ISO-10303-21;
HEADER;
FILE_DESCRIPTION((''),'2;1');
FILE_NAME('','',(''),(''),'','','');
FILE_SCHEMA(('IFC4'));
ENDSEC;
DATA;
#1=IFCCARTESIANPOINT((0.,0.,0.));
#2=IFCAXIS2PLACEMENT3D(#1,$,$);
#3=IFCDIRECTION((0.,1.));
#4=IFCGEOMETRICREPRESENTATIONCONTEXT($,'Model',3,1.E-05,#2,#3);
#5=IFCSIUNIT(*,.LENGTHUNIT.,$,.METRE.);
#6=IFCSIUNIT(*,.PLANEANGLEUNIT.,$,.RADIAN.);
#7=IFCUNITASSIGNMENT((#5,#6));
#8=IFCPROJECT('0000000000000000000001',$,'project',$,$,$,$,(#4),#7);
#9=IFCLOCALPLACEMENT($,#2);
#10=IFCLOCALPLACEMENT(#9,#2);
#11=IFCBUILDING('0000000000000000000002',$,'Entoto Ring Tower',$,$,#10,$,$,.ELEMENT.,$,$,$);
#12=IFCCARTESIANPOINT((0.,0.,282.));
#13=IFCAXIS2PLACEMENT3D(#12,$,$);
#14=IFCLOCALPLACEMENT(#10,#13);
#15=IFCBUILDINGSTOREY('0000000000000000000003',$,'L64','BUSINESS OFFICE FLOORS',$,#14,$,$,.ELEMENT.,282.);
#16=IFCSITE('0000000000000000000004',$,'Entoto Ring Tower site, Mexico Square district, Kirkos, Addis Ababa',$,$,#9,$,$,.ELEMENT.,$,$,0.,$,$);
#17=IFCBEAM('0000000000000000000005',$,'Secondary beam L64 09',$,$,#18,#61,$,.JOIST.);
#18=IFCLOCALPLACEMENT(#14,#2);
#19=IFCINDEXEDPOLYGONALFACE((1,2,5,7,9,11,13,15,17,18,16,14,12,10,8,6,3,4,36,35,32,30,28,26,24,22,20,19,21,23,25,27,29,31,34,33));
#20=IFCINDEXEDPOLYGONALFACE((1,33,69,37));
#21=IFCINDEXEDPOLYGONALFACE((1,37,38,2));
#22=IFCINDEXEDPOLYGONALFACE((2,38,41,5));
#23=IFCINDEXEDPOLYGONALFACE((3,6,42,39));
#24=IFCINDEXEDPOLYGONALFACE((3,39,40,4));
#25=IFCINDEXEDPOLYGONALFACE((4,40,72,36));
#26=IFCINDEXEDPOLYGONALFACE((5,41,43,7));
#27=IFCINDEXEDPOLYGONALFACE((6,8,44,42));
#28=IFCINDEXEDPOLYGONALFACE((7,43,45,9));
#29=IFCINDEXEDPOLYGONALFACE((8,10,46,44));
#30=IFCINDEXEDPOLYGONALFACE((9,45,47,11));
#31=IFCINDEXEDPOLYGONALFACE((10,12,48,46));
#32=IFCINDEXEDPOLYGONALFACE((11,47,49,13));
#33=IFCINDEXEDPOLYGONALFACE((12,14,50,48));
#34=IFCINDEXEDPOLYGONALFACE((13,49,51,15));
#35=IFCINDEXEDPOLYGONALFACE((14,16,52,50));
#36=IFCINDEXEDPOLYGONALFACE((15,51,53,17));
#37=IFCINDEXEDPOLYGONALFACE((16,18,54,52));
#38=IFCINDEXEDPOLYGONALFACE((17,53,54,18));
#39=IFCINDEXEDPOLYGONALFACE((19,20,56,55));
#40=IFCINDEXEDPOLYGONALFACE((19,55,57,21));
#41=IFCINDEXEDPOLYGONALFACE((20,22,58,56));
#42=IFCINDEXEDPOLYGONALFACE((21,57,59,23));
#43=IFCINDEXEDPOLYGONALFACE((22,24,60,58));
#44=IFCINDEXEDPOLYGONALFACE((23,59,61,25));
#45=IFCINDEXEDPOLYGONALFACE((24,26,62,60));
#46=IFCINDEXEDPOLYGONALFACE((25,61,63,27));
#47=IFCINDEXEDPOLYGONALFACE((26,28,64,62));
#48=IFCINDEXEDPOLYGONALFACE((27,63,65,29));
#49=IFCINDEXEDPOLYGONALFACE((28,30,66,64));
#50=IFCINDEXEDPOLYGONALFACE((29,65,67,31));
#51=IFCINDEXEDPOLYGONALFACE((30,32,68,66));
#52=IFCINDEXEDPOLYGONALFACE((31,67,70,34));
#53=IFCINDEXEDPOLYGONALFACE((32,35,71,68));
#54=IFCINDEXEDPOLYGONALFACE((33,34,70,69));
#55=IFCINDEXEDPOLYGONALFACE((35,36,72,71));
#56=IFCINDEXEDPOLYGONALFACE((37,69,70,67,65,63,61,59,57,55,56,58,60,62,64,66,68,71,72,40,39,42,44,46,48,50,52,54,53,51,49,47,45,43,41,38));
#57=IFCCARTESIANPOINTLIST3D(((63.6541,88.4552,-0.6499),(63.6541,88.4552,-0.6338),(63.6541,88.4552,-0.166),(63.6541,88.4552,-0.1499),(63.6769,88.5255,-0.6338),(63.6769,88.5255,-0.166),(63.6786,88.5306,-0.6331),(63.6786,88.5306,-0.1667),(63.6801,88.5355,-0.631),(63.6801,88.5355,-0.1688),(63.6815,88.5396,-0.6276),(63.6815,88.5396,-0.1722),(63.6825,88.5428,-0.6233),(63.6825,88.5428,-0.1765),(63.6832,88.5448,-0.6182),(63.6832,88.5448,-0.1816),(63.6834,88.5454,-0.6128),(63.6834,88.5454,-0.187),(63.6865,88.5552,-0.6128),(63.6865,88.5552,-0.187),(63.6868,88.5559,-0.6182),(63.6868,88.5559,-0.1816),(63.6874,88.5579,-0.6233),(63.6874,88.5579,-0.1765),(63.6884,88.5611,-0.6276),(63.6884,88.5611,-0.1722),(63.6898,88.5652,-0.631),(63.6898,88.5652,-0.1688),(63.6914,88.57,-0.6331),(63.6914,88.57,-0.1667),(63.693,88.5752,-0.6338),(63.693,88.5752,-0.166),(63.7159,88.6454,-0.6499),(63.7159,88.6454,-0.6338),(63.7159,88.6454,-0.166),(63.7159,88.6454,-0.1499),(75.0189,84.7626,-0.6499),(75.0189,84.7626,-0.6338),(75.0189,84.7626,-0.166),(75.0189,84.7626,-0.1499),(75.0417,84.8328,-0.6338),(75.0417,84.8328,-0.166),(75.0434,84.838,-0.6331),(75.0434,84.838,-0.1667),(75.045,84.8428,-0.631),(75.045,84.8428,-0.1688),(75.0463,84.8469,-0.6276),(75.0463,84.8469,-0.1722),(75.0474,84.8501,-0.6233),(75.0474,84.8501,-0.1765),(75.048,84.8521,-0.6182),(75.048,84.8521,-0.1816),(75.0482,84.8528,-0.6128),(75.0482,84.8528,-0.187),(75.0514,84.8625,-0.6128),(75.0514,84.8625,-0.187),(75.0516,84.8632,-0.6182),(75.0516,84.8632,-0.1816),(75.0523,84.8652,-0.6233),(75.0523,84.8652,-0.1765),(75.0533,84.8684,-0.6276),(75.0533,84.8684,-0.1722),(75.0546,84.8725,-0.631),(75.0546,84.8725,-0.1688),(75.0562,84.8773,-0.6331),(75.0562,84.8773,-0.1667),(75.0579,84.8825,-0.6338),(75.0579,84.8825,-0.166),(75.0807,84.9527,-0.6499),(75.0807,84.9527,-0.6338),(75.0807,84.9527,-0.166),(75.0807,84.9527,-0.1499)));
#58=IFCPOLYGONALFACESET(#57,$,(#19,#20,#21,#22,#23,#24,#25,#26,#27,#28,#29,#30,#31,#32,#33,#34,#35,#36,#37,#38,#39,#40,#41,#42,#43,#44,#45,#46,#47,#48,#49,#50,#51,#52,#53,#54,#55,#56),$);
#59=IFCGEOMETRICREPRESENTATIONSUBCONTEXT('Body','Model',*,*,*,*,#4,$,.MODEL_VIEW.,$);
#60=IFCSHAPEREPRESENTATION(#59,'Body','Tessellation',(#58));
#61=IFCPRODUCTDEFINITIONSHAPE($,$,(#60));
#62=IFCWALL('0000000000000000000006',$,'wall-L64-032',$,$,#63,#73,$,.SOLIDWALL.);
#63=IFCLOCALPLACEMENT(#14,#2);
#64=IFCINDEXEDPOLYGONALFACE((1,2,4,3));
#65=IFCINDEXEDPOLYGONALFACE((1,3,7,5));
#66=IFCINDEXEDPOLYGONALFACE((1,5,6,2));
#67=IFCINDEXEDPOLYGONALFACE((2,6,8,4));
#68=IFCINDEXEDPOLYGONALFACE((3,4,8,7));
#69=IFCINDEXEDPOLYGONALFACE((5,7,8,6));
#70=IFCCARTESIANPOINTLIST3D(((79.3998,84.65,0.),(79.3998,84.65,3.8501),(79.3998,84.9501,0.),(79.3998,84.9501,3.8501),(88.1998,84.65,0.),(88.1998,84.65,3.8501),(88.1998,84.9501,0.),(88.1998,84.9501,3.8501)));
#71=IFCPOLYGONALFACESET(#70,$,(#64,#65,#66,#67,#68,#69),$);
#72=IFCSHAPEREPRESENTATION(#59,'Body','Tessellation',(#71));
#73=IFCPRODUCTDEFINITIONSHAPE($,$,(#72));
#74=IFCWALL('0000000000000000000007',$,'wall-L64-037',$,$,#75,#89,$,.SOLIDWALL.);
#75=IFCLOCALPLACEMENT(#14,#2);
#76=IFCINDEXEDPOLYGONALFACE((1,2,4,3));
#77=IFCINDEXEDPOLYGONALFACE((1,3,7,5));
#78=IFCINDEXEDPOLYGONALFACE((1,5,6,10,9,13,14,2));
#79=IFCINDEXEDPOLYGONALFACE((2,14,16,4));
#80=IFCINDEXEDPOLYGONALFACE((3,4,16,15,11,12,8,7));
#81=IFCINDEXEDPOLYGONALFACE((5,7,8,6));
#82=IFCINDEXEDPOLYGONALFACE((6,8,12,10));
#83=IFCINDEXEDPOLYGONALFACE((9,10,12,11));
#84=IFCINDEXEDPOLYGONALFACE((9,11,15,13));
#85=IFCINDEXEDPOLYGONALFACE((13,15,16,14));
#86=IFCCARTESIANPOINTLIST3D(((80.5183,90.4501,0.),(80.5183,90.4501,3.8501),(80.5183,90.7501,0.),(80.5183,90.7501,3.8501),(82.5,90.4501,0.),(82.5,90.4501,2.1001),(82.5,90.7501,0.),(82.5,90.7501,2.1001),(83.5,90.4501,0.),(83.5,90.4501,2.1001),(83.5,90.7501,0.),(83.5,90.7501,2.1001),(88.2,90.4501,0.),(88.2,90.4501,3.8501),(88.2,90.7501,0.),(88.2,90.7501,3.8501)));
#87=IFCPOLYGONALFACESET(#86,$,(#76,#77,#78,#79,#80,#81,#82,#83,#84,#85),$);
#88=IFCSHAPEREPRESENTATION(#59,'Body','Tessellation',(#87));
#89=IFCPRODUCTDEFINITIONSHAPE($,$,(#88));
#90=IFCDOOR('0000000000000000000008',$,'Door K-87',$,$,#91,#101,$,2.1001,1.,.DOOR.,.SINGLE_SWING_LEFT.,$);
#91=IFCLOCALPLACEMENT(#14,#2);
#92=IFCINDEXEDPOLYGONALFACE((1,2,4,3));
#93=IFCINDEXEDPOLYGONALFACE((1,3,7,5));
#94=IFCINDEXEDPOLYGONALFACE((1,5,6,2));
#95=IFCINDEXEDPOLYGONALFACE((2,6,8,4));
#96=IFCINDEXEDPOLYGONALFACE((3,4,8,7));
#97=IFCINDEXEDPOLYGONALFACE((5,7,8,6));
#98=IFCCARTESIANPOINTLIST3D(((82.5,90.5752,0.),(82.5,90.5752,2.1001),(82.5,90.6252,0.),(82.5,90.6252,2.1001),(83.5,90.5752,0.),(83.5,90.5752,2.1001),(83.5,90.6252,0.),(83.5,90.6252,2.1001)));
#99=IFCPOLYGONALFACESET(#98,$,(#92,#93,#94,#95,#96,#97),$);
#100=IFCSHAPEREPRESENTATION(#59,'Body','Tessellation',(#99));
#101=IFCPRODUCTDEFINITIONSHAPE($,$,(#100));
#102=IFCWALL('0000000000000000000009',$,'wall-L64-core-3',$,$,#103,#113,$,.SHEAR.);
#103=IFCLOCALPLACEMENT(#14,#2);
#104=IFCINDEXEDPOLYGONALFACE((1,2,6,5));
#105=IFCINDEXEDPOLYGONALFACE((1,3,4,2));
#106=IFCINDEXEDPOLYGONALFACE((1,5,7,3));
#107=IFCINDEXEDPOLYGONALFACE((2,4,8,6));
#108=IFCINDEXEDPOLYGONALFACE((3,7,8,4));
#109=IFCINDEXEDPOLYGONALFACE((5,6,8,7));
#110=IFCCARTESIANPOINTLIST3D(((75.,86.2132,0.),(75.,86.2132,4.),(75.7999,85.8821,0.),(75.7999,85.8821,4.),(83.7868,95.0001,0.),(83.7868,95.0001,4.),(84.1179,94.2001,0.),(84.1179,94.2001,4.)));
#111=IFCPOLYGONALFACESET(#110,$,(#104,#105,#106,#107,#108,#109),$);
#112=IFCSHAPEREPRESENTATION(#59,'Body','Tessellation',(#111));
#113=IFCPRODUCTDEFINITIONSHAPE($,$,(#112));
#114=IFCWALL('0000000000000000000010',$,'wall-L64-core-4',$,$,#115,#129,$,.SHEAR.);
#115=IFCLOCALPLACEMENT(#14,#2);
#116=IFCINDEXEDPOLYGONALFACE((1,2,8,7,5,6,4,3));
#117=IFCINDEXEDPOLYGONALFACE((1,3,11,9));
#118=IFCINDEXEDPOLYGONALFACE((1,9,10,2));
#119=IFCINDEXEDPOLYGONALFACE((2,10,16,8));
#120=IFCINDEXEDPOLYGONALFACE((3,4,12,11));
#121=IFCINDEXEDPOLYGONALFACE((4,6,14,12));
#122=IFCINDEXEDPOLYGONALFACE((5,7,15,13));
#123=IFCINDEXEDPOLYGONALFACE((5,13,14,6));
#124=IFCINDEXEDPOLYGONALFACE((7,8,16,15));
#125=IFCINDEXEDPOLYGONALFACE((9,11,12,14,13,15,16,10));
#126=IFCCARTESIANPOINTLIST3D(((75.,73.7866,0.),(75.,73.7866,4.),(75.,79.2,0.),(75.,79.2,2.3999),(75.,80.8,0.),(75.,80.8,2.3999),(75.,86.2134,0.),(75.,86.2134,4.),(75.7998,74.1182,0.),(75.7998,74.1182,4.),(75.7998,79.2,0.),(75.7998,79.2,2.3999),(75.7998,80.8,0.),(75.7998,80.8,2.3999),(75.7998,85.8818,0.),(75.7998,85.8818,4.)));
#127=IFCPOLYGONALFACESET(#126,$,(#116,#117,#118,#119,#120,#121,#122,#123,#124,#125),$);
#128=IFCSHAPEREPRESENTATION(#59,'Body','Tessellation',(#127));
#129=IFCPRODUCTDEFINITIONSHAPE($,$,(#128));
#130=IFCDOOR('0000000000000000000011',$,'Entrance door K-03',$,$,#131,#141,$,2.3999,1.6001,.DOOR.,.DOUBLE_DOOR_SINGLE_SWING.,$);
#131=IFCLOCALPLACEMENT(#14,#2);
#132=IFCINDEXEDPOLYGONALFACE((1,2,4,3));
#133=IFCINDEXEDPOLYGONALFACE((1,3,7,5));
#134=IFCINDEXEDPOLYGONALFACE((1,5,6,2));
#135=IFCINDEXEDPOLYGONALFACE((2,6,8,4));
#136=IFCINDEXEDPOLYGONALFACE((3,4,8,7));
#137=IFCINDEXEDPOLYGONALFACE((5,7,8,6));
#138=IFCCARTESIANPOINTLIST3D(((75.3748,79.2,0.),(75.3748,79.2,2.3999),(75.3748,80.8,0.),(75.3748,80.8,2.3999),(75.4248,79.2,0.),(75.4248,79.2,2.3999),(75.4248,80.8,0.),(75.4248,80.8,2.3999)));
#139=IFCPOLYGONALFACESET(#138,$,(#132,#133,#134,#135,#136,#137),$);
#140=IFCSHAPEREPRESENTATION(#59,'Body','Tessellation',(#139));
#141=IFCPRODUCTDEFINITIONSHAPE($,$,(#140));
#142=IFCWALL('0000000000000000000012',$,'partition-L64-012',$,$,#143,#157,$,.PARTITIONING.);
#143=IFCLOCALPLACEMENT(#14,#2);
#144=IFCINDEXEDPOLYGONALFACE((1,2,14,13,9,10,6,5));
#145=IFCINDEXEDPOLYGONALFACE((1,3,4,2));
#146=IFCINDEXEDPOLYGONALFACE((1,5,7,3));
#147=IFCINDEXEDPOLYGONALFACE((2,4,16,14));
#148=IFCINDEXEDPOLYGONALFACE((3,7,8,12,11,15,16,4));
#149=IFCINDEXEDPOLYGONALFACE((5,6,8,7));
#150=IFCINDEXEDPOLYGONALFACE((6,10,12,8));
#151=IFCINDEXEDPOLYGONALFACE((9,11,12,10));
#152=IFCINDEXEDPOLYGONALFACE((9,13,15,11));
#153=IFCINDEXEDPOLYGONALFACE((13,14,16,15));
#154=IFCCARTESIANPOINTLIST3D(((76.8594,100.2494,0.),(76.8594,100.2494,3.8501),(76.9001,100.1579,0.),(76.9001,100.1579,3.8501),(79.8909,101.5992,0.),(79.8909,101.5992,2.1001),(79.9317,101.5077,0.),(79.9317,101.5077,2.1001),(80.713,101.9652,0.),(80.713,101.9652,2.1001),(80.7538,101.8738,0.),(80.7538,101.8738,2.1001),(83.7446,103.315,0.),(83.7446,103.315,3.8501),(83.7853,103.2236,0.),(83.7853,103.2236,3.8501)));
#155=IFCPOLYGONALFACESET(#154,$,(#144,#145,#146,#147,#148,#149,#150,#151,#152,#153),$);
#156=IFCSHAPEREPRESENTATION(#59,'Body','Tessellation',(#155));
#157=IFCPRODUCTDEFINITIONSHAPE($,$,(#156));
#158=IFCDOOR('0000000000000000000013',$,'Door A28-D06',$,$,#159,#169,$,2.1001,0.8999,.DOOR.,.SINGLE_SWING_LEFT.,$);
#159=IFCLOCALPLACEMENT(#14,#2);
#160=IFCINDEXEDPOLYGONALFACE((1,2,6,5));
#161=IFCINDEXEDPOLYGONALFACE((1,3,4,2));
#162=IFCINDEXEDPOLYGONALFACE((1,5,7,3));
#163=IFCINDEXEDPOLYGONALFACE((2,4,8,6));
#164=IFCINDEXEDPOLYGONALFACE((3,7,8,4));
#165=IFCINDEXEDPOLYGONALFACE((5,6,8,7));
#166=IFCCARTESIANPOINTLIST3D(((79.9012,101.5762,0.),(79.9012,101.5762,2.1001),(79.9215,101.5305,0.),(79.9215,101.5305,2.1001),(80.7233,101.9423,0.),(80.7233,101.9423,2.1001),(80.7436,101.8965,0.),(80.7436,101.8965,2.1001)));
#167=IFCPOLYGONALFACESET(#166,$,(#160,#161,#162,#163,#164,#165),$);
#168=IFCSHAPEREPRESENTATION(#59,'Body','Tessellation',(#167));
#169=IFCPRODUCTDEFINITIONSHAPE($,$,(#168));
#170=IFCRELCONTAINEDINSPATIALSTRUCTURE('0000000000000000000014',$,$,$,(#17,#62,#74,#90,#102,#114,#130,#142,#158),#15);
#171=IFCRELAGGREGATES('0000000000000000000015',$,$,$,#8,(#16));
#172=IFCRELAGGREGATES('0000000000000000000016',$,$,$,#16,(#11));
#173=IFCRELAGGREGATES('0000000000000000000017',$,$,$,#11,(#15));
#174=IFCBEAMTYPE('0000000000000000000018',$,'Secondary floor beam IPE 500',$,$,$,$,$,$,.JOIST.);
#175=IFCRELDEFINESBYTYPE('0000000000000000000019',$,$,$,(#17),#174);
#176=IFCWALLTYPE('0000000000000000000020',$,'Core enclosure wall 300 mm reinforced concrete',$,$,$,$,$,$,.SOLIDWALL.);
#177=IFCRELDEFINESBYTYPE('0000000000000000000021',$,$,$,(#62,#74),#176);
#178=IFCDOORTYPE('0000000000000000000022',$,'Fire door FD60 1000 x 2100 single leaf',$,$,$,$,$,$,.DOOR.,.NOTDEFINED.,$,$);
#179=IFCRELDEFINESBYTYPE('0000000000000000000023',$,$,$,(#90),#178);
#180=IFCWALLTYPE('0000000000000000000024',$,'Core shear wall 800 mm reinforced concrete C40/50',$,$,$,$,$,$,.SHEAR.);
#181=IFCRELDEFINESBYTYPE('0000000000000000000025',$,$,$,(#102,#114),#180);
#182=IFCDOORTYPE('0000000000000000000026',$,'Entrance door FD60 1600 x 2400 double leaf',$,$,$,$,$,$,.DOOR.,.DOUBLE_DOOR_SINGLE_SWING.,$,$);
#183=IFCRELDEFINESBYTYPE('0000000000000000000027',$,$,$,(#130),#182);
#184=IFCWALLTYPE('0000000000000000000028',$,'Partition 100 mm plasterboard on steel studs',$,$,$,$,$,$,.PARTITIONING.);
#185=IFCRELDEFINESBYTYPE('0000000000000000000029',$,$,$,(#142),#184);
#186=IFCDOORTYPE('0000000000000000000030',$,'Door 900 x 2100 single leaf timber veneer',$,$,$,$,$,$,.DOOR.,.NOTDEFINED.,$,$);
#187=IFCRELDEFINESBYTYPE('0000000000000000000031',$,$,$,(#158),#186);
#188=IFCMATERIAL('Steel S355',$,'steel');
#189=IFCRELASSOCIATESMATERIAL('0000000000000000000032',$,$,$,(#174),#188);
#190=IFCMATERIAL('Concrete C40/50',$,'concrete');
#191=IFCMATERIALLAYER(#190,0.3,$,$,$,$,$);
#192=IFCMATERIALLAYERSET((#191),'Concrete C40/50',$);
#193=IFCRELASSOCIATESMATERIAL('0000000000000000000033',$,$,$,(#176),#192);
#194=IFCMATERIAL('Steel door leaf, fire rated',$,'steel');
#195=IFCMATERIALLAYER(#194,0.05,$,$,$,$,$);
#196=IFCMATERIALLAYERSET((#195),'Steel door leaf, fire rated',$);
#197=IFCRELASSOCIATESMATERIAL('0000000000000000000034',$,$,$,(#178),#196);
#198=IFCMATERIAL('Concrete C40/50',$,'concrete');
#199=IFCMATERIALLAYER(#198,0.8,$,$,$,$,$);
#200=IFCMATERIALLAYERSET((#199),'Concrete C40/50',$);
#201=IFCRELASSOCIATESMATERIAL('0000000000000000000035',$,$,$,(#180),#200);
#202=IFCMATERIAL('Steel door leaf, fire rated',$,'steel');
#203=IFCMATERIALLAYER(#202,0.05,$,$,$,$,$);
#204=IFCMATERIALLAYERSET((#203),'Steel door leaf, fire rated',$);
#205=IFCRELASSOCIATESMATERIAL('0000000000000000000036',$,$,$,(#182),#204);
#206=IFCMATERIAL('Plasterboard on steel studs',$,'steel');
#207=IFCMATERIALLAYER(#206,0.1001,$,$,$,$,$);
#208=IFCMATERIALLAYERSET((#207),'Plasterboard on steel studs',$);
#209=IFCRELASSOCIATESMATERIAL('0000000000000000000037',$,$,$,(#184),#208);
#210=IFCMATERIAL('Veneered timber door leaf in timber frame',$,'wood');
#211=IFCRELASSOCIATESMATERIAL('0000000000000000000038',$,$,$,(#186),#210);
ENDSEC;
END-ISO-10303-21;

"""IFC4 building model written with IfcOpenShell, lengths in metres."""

from ifc_helpers import new_model, si_unit, direction, frame, frame_2d, origin, origin_2d, place, context, subcontext, project, spatial, polyline, rectangle, i_section, outline, extrude, material, layer, layer_set, material_profile, profile_set, type_object, element, fill, save


model = new_model("IFC4")

# Units and contexts
model_context = context("Model", 3, precision=1e-05, world=origin(), true_north=direction((0.0, 1.0)))
body_context = subcontext(model_context, "Body", "Model", "MODEL_VIEW")
ifc_project = project(units=[si_unit("LENGTHUNIT", "METRE"), si_unit("PLANEANGLEUNIT", "RADIAN")], contexts=[model_context])

# Site, building, storey
site_placement = place(None, origin())
site = spatial("IfcSite", under=ifc_project, at=site_placement, Name="Entoto Ring Tower site, Mexico Square district, Kirkos, Addis Ababa", CompositionType="ELEMENT", RefElevation=0.0)
building_placement = place(site_placement, origin())
building = spatial("IfcBuilding", under=site, at=building_placement, Name="Entoto Ring Tower", CompositionType="ELEMENT")
storey_placement = place(building_placement, frame((0.0, 0.0, 282.0)))
storey = spatial("IfcBuildingStorey", under=building, at=storey_placement, Name="L64", Description="BUSINESS OFFICE FLOORS", CompositionType="ELEMENT", Elevation=282.0)

# Beam
ifc_material_1 = material(Name="Steel S355", Category="steel")
ifc_material_profile_1 = material_profile(ifc_material_1, i_section(OverallWidth=0.2, OverallDepth=0.5, WebThickness=0.0103, FlangeThickness=0.0161, FilletRadius=0.021, at=origin_2d()), Name="IPE 500")
ifc_profile_set_1 = profile_set([ifc_material_profile_1], Name="Steel S355")
beam_type_1 = type_object("IfcBeamType", Name="Secondary floor beam IPE 500", PredefinedType="JOIST", material=ifc_profile_set_1)
beam_1_placement = place(storey_placement, frame((75.0498, 84.8577, -0.3999), z_axis=(-0.951057, 0.309017, 0.0), x_axis=(-0.309017, -0.951057, 0.0)))
element("IfcBeam", 1, at=beam_1_placement, inside=storey, type_object=beam_type_1, Name="Secondary beam L64 09", PredefinedType="JOIST", context=body_context, shape_type="SweptSolid", body=[
    extrude(i_section(OverallWidth=0.2, OverallDepth=0.5, WebThickness=0.0103, FlangeThickness=0.0161, FilletRadius=0.021, at=origin_2d()), origin(), (0.0, 0.0, 1.0), 11.9497),
])

# Wall
ifc_material_2 = material(Name="Concrete C40/50", Category="concrete")
ifc_layer_1 = layer(ifc_material_2, 0.3)
ifc_layer_set_1 = layer_set([ifc_layer_1], Name="Concrete C40/50")
wall_type_1 = type_object("IfcWallType", Name="Core enclosure wall 300 mm reinforced concrete", PredefinedType="SOLIDWALL", material=ifc_layer_set_1)
wall_1_placement = place(storey_placement, frame((79.3999, 84.8, 0.0), z_axis=(0.0, 0.0, 1.0), x_axis=(1.0, 0.0, 0.0)))
element("IfcWall", 2, at=wall_1_placement, inside=storey, type_object=wall_type_1, Name="wall-L64-032", PredefinedType="SOLIDWALL", context=body_context, shape_type="SweptSolid", body=[
    extrude(rectangle(XDim=8.8, YDim=0.3, at=frame_2d((4.3999, 0.0))), origin(), (0.0, 0.0, 1.0), 3.8501),
])

# Wall, opening, door
wall_2_placement = place(storey_placement, frame((80.5183, 90.6001, 0.0), z_axis=(0.0, 0.0, 1.0), x_axis=(1.0, 0.0, 0.0)))
wall_2 = element("IfcWall", 3, at=wall_2_placement, inside=storey, type_object=wall_type_1, Name="wall-L64-037", PredefinedType="SOLIDWALL", context=body_context, shape_type="SweptSolid", body=[
    extrude(rectangle(XDim=7.6816, YDim=0.3, at=frame_2d((3.8408, 0.0))), origin(), (0.0, 0.0, 1.0), 3.8501),
])
opening_1_placement = place(wall_2_placement, frame((1.9817, 0.0, 0.0)))
opening_1 = element("IfcOpeningElement", 4, at=opening_1_placement, cuts=wall_2, PredefinedType="OPENING", context=body_context, shape_type="SweptSolid", body=[
    extrude(rectangle(XDim=1.0, YDim=2.1001, at=frame_2d((0.5, 1.05))), frame((0.0, 0.1602, 0.0), z_axis=(0.0, -1.0, 0.0), x_axis=(1.0, 0.0, 0.0)), (0.0, 0.0, 1.0), 0.3201),
])
ifc_material_3 = material(Name="Steel door leaf, fire rated", Category="steel")
ifc_layer_2 = layer(ifc_material_3, 0.05)
ifc_layer_set_2 = layer_set([ifc_layer_2], Name="Steel door leaf, fire rated")
door_type_1 = type_object("IfcDoorType", Name="Fire door FD60 1000 x 2100 single leaf", OperationType="NOTDEFINED", PredefinedType="DOOR", material=ifc_layer_set_2)
door_1_placement = place(opening_1_placement, frame((1.0, 0.0, 0.0), z_axis=(0.0, 0.0, 1.0), x_axis=(-1.0, 0.0, 0.0)))
door_1 = element("IfcDoor", 5, at=door_1_placement, inside=storey, type_object=door_type_1, Name="Door K-87", OperationType="SINGLE_SWING_LEFT", OverallHeight=2.1001, OverallWidth=1.0, PredefinedType="DOOR", context=body_context, shape_type="SweptSolid", body=[
    extrude(rectangle(XDim=1.0, YDim=2.1001, at=frame_2d((0.5, 1.05))), frame((0.0, 0.0249, 0.0), z_axis=(0.0, -1.0, 0.0), x_axis=(1.0, 0.0, 0.0)), (0.0, 0.0, 1.0), 0.05),
])
fill(opening_1, door_1)

# Wall
ifc_material_4 = material(Name="Concrete C40/50", Category="concrete")
ifc_layer_3 = layer(ifc_material_4, 0.8)
ifc_layer_set_3 = layer_set([ifc_layer_3], Name="Concrete C40/50")
wall_type_2 = type_object("IfcWallType", Name="Core shear wall 800 mm reinforced concrete C40/50", PredefinedType="SHEAR", material=ifc_layer_set_3)
wall_3_placement = place(storey_placement, frame((83.9524, 94.6001, 0.0), z_axis=(0.0, 0.0, 1.0), x_axis=(-0.707107, -0.707107, 0.0)))
element("IfcWall", 6, at=wall_3_placement, inside=storey, type_object=wall_type_2, Name="wall-L64-core-3", PredefinedType="SHEAR", context=body_context, shape_type="SweptSolid", body=[
    extrude(outline(polyline([(-0.1658, -0.3999), (12.2607, -0.3999), (11.9292, 0.3999), (0.1658, 0.3999), (-0.1658, -0.3999)])), origin(), (0.0, 0.0, 1.0), 4.0),
])

# Walls, openings, doors
wall_4_placement = place(storey_placement, frame((75.3999, 86.0476, 0.0), z_axis=(0.0, 0.0, 1.0), x_axis=(0.0, -1.0, 0.0)))
wall_4 = element("IfcWall", 7, at=wall_4_placement, inside=storey, type_object=wall_type_2, Name="wall-L64-core-4", PredefinedType="SHEAR", context=body_context, shape_type="SweptSolid", body=[
    extrude(outline(polyline([(-0.1658, -0.3999), (12.261, -0.3999), (11.9294, 0.3999), (0.1658, 0.3999), (-0.1658, -0.3999)])), origin(), (0.0, 0.0, 1.0), 4.0),
])
opening_2_placement = place(wall_4_placement, frame((5.2476, 0.0, 0.0)))
opening_2 = element("IfcOpeningElement", 8, at=opening_2_placement, cuts=wall_4, PredefinedType="OPENING", context=body_context, shape_type="SweptSolid", body=[
    extrude(rectangle(XDim=1.6001, YDim=2.3999, at=frame_2d((0.8, 1.2))), frame((0.0, 0.4102, 0.0), z_axis=(0.0, -1.0, 0.0), x_axis=(1.0, 0.0, 0.0)), (0.0, 0.0, 1.0), 0.8201),
])
ifc_material_5 = material(Name="Steel door leaf, fire rated", Category="steel")
ifc_layer_4 = layer(ifc_material_5, 0.05)
ifc_layer_set_4 = layer_set([ifc_layer_4], Name="Steel door leaf, fire rated")
door_type_2 = type_object("IfcDoorType", Name="Entrance door FD60 1600 x 2400 double leaf", OperationType="DOUBLE_DOOR_SINGLE_SWING", PredefinedType="DOOR", material=ifc_layer_set_4)
door_2_placement = place(opening_2_placement, origin())
door_2 = element("IfcDoor", 9, at=door_2_placement, inside=storey, type_object=door_type_2, Name="Entrance door K-03", OperationType="DOUBLE_DOOR_SINGLE_SWING", OverallHeight=2.3999, OverallWidth=1.6001, PredefinedType="DOOR", context=body_context, shape_type="SweptSolid", body=[
    extrude(rectangle(XDim=1.6001, YDim=2.3999, at=frame_2d((0.8, 1.2))), frame((0.0, 0.0249, 0.0), z_axis=(0.0, -1.0, 0.0), x_axis=(1.0, 0.0, 0.0)), (0.0, 0.0, 1.0), 0.05),
])
fill(opening_2, door_2)
ifc_material_6 = material(Name="Plasterboard on steel studs", Category="steel")
ifc_layer_5 = layer(ifc_material_6, 0.1001)
ifc_layer_set_5 = layer_set([ifc_layer_5], Name="Plasterboard on steel studs")
wall_type_3 = type_object("IfcWallType", Name="Partition 100 mm plasterboard on steel studs", PredefinedType="PARTITIONING", material=ifc_layer_set_5)
wall_5_placement = place(storey_placement, frame((76.8796, 100.2036, 0.0), z_axis=(0.0, 0.0, 1.0), x_axis=(0.913538, 0.406755, 0.0)))
wall_5 = element("IfcWall", 10, at=wall_5_placement, inside=storey, type_object=wall_type_3, Name="partition-L64-012", PredefinedType="PARTITIONING", context=body_context, shape_type="SweptSolid", body=[
    extrude(rectangle(XDim=7.5369, YDim=0.1001, at=frame_2d((3.7686, 0.0))), origin(), (0.0, 0.0, 1.0), 3.8501),
])
opening_3_placement = place(wall_5_placement, frame((3.3186, 0.0, 0.0)))
opening_3 = element("IfcOpeningElement", 11, at=opening_3_placement, cuts=wall_5, PredefinedType="OPENING", context=body_context, shape_type="SweptSolid", body=[
    extrude(rectangle(XDim=0.8999, YDim=2.1001, at=frame_2d((0.45, 1.05))), frame((0.0, 0.0601, 0.0), z_axis=(0.0, -1.0, 0.0), x_axis=(1.0, 0.0, 0.0)), (0.0, 0.0, 1.0), 0.1201),
])
ifc_material_7 = material(Name="Veneered timber door leaf in timber frame", Category="wood")
door_type_3 = type_object("IfcDoorType", Name="Door 900 x 2100 single leaf timber veneer", OperationType="NOTDEFINED", PredefinedType="DOOR", material=ifc_material_7)
door_3_placement = place(opening_3_placement, origin())
door_3 = element("IfcDoor", 12, at=door_3_placement, inside=storey, type_object=door_type_3, Name="Door A28-D06", OperationType="SINGLE_SWING_LEFT", OverallHeight=2.1001, OverallWidth=0.8999, PredefinedType="DOOR", context=body_context, shape_type="SweptSolid", body=[
    extrude(rectangle(XDim=0.8999, YDim=2.1001, at=frame_2d((0.45, 1.05))), frame((0.0, 0.0249, 0.0), z_axis=(0.0, -1.0, 0.0), x_axis=(1.0, 0.0, 0.0)), (0.0, 0.0, 1.0), 0.05),
])
fill(opening_3, door_3)

save(model, "model.ifc")
